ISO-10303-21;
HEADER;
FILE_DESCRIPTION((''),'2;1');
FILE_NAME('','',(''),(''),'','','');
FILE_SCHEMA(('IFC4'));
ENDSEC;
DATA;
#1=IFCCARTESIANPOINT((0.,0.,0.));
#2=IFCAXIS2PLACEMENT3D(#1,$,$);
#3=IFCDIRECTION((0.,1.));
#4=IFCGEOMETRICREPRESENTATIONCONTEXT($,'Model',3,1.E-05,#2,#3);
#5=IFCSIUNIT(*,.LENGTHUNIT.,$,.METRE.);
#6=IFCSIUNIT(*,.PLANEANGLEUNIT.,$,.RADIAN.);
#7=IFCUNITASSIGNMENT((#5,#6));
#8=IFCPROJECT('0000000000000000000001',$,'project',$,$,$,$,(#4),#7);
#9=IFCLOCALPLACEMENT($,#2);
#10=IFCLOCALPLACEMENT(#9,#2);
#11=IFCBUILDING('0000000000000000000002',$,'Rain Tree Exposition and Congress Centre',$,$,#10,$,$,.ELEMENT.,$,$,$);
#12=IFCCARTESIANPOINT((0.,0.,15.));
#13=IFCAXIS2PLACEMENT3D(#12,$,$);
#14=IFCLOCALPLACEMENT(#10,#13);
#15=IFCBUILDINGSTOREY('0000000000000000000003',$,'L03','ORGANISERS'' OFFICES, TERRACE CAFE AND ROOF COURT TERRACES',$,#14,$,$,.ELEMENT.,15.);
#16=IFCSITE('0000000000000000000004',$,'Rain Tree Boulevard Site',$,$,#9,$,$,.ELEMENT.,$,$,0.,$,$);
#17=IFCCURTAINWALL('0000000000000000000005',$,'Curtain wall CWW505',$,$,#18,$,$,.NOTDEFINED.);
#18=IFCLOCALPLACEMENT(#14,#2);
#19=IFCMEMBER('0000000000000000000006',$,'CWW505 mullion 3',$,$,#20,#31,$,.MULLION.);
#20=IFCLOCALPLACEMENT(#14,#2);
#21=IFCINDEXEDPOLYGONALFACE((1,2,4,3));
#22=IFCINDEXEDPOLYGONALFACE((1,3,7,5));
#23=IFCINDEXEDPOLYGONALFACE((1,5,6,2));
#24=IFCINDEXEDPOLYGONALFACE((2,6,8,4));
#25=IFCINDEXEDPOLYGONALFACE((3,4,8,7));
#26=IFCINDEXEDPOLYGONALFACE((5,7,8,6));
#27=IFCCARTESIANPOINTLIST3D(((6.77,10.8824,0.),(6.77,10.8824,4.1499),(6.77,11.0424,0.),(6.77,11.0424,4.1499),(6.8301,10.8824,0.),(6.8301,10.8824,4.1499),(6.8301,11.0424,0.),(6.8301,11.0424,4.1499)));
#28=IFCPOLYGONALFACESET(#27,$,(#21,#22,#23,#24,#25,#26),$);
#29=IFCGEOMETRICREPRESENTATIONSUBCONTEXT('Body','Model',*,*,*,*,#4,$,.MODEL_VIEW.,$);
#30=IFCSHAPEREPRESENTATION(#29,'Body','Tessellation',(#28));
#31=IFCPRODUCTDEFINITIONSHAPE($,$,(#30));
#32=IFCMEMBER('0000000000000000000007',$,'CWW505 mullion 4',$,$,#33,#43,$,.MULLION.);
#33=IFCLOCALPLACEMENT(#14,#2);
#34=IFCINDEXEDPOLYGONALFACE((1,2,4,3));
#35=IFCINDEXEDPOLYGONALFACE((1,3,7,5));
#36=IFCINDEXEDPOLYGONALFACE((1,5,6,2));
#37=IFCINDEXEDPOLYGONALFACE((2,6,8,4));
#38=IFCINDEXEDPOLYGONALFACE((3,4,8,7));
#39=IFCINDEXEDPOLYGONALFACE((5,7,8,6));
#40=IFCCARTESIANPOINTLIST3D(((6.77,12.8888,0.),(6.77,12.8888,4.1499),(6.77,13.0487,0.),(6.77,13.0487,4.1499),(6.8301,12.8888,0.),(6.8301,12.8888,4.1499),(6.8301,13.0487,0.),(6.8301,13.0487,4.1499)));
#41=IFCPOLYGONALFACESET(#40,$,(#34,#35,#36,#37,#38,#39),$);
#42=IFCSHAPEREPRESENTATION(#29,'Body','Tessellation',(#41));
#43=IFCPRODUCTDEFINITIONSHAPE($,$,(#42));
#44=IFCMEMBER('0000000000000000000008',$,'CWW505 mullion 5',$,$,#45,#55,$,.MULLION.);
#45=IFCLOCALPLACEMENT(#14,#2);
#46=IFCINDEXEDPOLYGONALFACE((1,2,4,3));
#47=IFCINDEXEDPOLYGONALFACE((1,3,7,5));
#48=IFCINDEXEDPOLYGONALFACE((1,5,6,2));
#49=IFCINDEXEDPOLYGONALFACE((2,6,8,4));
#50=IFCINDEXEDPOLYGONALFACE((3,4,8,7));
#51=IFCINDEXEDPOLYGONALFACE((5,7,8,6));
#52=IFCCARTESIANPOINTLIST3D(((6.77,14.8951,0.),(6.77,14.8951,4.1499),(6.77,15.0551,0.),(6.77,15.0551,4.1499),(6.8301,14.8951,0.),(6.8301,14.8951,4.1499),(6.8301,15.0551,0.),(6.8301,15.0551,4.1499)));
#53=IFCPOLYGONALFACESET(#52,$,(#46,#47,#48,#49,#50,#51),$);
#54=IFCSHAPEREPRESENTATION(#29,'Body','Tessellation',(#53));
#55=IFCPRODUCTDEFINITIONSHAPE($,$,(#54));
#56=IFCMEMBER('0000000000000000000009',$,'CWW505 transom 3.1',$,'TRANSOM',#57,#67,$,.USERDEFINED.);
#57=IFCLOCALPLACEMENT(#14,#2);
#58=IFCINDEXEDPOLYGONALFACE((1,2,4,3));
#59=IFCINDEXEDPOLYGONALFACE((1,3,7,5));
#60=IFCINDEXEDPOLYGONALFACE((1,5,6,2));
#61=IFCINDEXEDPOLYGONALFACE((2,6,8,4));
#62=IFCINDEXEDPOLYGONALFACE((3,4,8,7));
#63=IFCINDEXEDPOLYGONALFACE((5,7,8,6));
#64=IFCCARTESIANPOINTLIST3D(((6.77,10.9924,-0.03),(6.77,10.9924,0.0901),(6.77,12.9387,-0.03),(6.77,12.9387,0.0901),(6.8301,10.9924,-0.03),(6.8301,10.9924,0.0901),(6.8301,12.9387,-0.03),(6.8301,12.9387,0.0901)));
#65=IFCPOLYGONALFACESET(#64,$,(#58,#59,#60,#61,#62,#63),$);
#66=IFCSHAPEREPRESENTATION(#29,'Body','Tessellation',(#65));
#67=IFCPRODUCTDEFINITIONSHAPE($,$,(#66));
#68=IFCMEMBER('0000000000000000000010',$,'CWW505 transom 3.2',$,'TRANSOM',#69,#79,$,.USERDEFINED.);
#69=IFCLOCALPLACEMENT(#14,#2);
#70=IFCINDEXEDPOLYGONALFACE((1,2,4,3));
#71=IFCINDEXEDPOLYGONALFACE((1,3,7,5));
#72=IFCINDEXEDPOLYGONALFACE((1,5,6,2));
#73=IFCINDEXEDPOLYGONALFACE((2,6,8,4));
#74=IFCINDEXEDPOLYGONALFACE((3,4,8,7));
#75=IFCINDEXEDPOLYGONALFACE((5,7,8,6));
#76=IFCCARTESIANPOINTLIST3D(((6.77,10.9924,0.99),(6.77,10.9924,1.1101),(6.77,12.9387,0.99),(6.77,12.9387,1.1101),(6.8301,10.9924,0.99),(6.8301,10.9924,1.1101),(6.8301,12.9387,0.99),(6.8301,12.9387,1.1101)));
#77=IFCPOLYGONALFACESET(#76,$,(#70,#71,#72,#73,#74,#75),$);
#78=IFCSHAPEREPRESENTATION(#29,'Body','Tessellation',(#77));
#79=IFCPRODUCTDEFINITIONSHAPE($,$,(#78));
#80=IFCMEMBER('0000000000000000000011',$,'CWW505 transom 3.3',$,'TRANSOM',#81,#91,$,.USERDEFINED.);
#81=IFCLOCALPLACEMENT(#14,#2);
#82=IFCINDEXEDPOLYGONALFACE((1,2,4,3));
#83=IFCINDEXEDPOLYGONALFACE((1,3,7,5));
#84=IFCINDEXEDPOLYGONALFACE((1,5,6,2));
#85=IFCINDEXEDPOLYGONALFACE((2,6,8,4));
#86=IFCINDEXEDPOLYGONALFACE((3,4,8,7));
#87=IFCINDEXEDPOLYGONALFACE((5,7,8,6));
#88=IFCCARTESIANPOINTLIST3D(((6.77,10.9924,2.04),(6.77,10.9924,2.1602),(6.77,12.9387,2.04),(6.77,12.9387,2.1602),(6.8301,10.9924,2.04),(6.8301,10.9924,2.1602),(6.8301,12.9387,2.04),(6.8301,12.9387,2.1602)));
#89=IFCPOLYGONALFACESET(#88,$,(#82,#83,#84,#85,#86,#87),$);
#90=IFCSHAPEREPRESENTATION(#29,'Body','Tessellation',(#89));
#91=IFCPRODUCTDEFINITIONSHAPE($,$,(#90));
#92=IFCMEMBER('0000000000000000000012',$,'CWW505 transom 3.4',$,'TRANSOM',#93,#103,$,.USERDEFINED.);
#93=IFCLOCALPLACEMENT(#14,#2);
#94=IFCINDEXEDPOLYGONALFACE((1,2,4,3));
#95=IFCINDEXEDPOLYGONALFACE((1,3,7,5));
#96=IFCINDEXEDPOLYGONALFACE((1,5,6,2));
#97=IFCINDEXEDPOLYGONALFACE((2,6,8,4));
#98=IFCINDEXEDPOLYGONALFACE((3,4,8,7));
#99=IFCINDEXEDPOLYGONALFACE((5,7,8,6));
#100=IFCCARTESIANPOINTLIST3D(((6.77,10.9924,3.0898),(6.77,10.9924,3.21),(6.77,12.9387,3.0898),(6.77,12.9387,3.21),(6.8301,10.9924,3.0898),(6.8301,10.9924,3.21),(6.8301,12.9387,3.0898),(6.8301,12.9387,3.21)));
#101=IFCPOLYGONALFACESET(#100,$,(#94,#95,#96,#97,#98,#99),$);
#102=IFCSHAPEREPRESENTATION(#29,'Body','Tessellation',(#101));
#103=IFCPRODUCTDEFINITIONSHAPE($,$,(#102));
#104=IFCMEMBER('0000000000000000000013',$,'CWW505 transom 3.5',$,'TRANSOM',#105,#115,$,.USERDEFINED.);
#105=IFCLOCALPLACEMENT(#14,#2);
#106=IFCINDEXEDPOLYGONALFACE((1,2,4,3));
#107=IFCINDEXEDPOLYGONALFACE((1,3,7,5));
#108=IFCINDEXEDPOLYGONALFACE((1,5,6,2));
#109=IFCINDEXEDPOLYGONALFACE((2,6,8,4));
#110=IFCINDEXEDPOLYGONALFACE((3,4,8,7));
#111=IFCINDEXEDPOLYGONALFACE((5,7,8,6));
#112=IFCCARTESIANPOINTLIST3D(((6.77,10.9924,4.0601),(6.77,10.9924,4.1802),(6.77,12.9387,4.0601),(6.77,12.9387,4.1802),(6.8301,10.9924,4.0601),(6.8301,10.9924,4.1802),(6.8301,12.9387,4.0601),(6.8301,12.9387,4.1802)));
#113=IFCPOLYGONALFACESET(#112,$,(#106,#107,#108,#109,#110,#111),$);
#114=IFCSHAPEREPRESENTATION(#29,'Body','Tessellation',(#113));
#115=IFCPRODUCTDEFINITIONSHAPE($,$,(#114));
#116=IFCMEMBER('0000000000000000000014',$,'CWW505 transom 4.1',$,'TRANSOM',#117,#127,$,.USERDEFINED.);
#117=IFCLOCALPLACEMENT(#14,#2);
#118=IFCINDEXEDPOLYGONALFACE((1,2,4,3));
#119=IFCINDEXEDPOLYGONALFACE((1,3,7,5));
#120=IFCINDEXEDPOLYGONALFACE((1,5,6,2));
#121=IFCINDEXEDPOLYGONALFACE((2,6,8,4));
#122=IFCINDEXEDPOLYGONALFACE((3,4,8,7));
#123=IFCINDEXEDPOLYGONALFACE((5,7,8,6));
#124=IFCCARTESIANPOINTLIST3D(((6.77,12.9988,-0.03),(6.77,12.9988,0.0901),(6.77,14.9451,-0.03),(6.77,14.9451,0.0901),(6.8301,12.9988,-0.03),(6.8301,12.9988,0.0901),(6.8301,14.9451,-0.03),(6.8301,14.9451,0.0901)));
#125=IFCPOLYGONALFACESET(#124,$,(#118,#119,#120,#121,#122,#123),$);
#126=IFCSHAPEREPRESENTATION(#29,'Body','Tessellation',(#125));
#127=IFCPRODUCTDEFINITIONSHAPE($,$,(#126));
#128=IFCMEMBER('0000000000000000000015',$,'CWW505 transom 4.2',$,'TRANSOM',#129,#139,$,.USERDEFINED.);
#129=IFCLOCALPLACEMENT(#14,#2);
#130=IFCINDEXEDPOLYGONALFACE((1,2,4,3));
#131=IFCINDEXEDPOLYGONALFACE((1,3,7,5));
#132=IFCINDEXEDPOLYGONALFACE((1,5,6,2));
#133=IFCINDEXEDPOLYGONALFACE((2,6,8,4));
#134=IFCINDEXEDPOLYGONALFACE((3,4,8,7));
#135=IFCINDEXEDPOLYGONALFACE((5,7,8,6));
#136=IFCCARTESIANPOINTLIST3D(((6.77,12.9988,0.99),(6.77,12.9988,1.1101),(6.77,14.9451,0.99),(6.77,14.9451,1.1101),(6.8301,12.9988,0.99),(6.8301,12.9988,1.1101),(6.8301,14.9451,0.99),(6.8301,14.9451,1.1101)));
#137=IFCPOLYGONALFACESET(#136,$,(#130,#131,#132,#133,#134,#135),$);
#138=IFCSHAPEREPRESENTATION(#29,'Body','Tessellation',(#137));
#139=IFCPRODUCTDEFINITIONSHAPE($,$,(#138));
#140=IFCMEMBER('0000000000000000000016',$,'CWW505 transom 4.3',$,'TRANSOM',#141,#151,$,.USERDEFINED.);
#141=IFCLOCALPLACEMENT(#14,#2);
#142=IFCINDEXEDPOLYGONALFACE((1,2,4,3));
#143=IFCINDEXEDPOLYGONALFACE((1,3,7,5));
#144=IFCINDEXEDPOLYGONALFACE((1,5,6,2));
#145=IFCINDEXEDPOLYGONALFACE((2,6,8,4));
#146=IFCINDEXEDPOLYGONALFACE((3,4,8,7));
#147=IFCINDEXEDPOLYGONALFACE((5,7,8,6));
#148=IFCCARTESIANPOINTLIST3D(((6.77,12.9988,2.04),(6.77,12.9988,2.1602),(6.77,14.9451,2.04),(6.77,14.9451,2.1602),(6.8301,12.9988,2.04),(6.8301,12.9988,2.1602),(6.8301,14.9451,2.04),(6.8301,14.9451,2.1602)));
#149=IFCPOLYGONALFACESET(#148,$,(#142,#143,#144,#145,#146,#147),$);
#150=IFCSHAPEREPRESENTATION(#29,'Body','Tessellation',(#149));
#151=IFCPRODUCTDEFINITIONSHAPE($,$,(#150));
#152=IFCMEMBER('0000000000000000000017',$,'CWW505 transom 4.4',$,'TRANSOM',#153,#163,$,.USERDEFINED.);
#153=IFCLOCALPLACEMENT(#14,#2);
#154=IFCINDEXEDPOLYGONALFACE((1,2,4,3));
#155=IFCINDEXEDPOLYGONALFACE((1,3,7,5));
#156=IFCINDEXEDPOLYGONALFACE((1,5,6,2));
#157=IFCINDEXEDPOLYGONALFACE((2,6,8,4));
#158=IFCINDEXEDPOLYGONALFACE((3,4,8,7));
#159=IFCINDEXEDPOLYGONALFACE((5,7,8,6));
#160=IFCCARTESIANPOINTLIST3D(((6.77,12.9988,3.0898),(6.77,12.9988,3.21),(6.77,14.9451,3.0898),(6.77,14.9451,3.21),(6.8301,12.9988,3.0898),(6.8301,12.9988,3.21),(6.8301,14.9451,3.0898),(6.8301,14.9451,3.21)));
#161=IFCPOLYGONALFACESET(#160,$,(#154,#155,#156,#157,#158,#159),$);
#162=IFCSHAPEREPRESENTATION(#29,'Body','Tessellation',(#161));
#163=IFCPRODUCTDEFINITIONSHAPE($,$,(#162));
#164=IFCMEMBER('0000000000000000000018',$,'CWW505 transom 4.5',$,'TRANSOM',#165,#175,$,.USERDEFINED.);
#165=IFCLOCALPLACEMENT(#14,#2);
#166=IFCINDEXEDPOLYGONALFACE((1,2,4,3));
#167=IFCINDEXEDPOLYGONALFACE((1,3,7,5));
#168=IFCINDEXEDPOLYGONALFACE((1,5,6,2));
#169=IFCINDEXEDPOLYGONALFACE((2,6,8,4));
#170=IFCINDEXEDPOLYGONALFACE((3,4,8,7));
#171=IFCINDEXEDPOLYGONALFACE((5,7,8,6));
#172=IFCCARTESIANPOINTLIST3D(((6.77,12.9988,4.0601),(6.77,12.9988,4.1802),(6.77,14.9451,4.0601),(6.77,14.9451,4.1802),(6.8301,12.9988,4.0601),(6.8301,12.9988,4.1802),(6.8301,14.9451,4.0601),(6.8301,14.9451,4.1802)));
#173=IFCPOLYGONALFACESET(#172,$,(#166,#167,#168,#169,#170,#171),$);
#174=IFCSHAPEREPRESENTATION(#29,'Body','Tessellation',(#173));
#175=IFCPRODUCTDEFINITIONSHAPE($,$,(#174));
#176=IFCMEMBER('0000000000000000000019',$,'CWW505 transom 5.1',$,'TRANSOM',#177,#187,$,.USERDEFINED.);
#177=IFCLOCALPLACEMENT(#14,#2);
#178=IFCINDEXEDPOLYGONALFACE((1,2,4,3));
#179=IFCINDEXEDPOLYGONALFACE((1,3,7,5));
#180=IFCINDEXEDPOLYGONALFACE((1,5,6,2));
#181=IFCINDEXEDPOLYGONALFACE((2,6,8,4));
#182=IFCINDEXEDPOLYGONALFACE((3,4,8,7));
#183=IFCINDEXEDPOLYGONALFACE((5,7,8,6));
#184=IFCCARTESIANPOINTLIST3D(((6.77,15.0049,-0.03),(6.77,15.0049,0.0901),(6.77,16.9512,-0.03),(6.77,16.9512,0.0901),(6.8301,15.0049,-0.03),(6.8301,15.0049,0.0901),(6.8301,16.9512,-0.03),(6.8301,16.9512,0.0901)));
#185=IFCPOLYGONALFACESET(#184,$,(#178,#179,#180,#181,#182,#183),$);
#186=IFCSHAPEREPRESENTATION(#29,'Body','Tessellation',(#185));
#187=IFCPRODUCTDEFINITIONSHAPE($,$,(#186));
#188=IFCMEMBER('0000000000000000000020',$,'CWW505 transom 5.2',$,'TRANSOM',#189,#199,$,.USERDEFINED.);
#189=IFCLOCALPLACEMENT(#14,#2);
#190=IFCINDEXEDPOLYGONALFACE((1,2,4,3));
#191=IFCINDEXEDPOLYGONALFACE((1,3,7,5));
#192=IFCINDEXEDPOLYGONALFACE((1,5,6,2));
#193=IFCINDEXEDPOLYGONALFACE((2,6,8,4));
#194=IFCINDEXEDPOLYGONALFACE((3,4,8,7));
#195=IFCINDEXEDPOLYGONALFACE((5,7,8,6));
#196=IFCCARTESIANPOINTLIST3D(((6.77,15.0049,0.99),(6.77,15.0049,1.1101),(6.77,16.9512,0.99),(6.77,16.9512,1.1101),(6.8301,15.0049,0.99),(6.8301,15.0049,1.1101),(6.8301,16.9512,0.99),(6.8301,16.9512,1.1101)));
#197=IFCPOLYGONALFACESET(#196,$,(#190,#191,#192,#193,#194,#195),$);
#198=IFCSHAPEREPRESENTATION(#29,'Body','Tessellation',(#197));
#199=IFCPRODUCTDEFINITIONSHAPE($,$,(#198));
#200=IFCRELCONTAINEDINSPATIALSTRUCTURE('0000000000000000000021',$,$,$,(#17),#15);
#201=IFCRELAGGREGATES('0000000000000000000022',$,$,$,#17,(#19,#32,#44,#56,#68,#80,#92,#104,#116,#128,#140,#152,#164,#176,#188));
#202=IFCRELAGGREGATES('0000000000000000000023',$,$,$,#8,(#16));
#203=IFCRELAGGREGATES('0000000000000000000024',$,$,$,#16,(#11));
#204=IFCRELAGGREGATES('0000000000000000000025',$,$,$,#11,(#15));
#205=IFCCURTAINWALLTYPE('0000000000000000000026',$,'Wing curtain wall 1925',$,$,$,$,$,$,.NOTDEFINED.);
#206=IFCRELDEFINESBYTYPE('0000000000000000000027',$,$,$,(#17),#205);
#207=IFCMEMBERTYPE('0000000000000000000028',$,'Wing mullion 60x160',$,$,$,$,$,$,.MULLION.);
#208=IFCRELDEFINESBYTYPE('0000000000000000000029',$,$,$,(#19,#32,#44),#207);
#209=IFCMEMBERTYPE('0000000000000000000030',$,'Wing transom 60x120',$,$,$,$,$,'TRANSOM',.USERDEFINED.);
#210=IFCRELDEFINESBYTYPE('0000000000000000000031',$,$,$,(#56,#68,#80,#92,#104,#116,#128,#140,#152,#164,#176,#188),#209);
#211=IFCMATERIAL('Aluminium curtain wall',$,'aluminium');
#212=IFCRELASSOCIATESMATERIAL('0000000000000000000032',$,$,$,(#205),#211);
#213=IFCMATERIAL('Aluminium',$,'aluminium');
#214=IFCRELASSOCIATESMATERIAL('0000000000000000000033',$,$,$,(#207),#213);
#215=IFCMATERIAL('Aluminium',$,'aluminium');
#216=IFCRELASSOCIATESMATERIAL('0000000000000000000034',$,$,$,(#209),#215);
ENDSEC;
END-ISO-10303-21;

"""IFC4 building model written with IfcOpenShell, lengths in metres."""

from ifc_helpers import new_model, si_unit, direction, frame, origin, origin_2d, place, context, subcontext, project, spatial, rectangle, extrude, material, material_profile, profile_set, type_object, element, aggregate, save


model = new_model("IFC4")

# Units and contexts
model_context = context("Model", 3, precision=1e-05, world=origin(), true_north=direction((0.0, 1.0)))
body_context = subcontext(model_context, "Body", "Model", "MODEL_VIEW")
ifc_project = project(units=[si_unit("LENGTHUNIT", "METRE"), si_unit("PLANEANGLEUNIT", "RADIAN")], contexts=[model_context])

# Site, building, storey
site_placement = place(None, origin())
site = spatial("IfcSite", under=ifc_project, at=site_placement, Name="Rain Tree Boulevard Site", CompositionType="ELEMENT", RefElevation=0.0)
building_placement = place(site_placement, origin())
building = spatial("IfcBuilding", under=site, at=building_placement, Name="Rain Tree Exposition and Congress Centre", CompositionType="ELEMENT")
storey_placement = place(building_placement, frame((0.0, 0.0, 15.0)))
storey = spatial("IfcBuildingStorey", under=building, at=storey_placement, Name="L03", Description="ORGANISERS' OFFICES, TERRACE CAFE AND ROOF COURT TERRACES", CompositionType="ELEMENT", Elevation=15.0)

# Curtain wall, members
ifc_material_1 = material(Name="Aluminium curtain wall", Category="aluminium")
curtain_wall_type = type_object("IfcCurtainWallType", Name="Wing curtain wall 1925", PredefinedType="NOTDEFINED", material=ifc_material_1)
curtain_wall_placement = place(storey_placement, origin())
curtain_wall = element("IfcCurtainWall", 1, at=curtain_wall_placement, inside=storey, type_object=curtain_wall_type, Name="Curtain wall CWW505", PredefinedType="NOTDEFINED")
ifc_material_2 = material(Name="Aluminium", Category="aluminium")
ifc_material_profile_1 = material_profile(ifc_material_2, rectangle(XDim=0.0601, YDim=0.1599, at=origin_2d()), Name="Aluminium 60x160")
ifc_profile_set_1 = profile_set([ifc_material_profile_1], Name="Aluminium")
member_type_1 = type_object("IfcMemberType", Name="Wing mullion 60x160", PredefinedType="MULLION", material=ifc_profile_set_1)
member_1_placement = place(storey_placement, frame((6.8, 10.9624, 0.0), z_axis=(0.0, 0.0, 1.0), x_axis=(-1.0, 0.0, 0.0)))
member_1 = element("IfcMember", 2, at=member_1_placement, type_object=member_type_1, Name="CWW505 mullion 3", PredefinedType="MULLION", context=body_context, shape_type="SweptSolid", body=[
    extrude(rectangle(XDim=0.0601, YDim=0.1599, at=origin_2d()), origin(), (0.0, 0.0, 1.0), 4.1499),
])
member_2_placement = place(storey_placement, frame((6.8, 12.9688, 0.0), z_axis=(0.0, 0.0, 1.0), x_axis=(-1.0, 0.0, 0.0)))
member_2 = element("IfcMember", 3, at=member_2_placement, type_object=member_type_1, Name="CWW505 mullion 4", PredefinedType="MULLION", context=body_context, shape_type="SweptSolid", body=[
    extrude(rectangle(XDim=0.0601, YDim=0.1599, at=origin_2d()), origin(), (0.0, 0.0, 1.0), 4.1499),
])
member_3_placement = place(storey_placement, frame((6.8, 14.9751, 0.0), z_axis=(0.0, 0.0, 1.0), x_axis=(-1.0, 0.0, 0.0)))
member_3 = element("IfcMember", 4, at=member_3_placement, type_object=member_type_1, Name="CWW505 mullion 5", PredefinedType="MULLION", context=body_context, shape_type="SweptSolid", body=[
    extrude(rectangle(XDim=0.0601, YDim=0.1599, at=origin_2d()), origin(), (0.0, 0.0, 1.0), 4.1499),
])
ifc_material_3 = material(Name="Aluminium", Category="aluminium")
ifc_material_profile_2 = material_profile(ifc_material_3, rectangle(XDim=0.0601, YDim=0.1201, at=origin_2d()), Name="Aluminium 60x120")
ifc_profile_set_2 = profile_set([ifc_material_profile_2], Name="Aluminium")
member_type_2 = type_object("IfcMemberType", Name="Wing transom 60x120", ElementType="TRANSOM", PredefinedType="USERDEFINED", material=ifc_profile_set_2)
member_4_placement = place(storey_placement, frame((6.8, 10.9924, 0.03), z_axis=(0.0, 1.0, 0.0), x_axis=(-1.0, 0.0, 0.0)))
member_4 = element("IfcMember", 5, at=member_4_placement, type_object=member_type_2, Name="CWW505 transom 3.1", ObjectType="TRANSOM", PredefinedType="USERDEFINED", context=body_context, shape_type="SweptSolid", body=[
    extrude(rectangle(XDim=0.0601, YDim=0.1201, at=origin_2d()), origin(), (0.0, 0.0, 1.0), 1.9463),
])
member_5_placement = place(storey_placement, frame((6.8, 10.9924, 1.05), z_axis=(0.0, 1.0, 0.0), x_axis=(-1.0, 0.0, 0.0)))
member_5 = element("IfcMember", 6, at=member_5_placement, type_object=member_type_2, Name="CWW505 transom 3.2", ObjectType="TRANSOM", PredefinedType="USERDEFINED", context=body_context, shape_type="SweptSolid", body=[
    extrude(rectangle(XDim=0.0601, YDim=0.1201, at=origin_2d()), origin(), (0.0, 0.0, 1.0), 1.9463),
])
member_6_placement = place(storey_placement, frame((6.8, 10.9924, 2.1001), z_axis=(0.0, 1.0, 0.0), x_axis=(-1.0, 0.0, 0.0)))
member_6 = element("IfcMember", 7, at=member_6_placement, type_object=member_type_2, Name="CWW505 transom 3.3", ObjectType="TRANSOM", PredefinedType="USERDEFINED", context=body_context, shape_type="SweptSolid", body=[
    extrude(rectangle(XDim=0.0601, YDim=0.1201, at=origin_2d()), origin(), (0.0, 0.0, 1.0), 1.9463),
])
member_7_placement = place(storey_placement, frame((6.8, 10.9924, 3.1499), z_axis=(0.0, 1.0, 0.0), x_axis=(-1.0, 0.0, 0.0)))
member_7 = element("IfcMember", 8, at=member_7_placement, type_object=member_type_2, Name="CWW505 transom 3.4", ObjectType="TRANSOM", PredefinedType="USERDEFINED", context=body_context, shape_type="SweptSolid", body=[
    extrude(rectangle(XDim=0.0601, YDim=0.1201, at=origin_2d()), origin(), (0.0, 0.0, 1.0), 1.9463),
])
member_8_placement = place(storey_placement, frame((6.8, 10.9924, 4.1201), z_axis=(0.0, 1.0, 0.0), x_axis=(-1.0, 0.0, 0.0)))
member_8 = element("IfcMember", 9, at=member_8_placement, type_object=member_type_2, Name="CWW505 transom 3.5", ObjectType="TRANSOM", PredefinedType="USERDEFINED", context=body_context, shape_type="SweptSolid", body=[
    extrude(rectangle(XDim=0.0601, YDim=0.1201, at=origin_2d()), origin(), (0.0, 0.0, 1.0), 1.9463),
])
member_9_placement = place(storey_placement, frame((6.8, 12.9988, 0.03), z_axis=(0.0, 1.0, 0.0), x_axis=(-1.0, 0.0, 0.0)))
member_9 = element("IfcMember", 10, at=member_9_placement, type_object=member_type_2, Name="CWW505 transom 4.1", ObjectType="TRANSOM", PredefinedType="USERDEFINED", context=body_context, shape_type="SweptSolid", body=[
    extrude(rectangle(XDim=0.0601, YDim=0.1201, at=origin_2d()), origin(), (0.0, 0.0, 1.0), 1.9463),
])
member_10_placement = place(storey_placement, frame((6.8, 12.9988, 1.05), z_axis=(0.0, 1.0, 0.0), x_axis=(-1.0, 0.0, 0.0)))
member_10 = element("IfcMember", 11, at=member_10_placement, type_object=member_type_2, Name="CWW505 transom 4.2", ObjectType="TRANSOM", PredefinedType="USERDEFINED", context=body_context, shape_type="SweptSolid", body=[
    extrude(rectangle(XDim=0.0601, YDim=0.1201, at=origin_2d()), origin(), (0.0, 0.0, 1.0), 1.9463),
])
member_11_placement = place(storey_placement, frame((6.8, 12.9988, 2.1001), z_axis=(0.0, 1.0, 0.0), x_axis=(-1.0, 0.0, 0.0)))
member_11 = element("IfcMember", 12, at=member_11_placement, type_object=member_type_2, Name="CWW505 transom 4.3", ObjectType="TRANSOM", PredefinedType="USERDEFINED", context=body_context, shape_type="SweptSolid", body=[
    extrude(rectangle(XDim=0.0601, YDim=0.1201, at=origin_2d()), origin(), (0.0, 0.0, 1.0), 1.9463),
])
member_12_placement = place(storey_placement, frame((6.8, 12.9988, 3.1499), z_axis=(0.0, 1.0, 0.0), x_axis=(-1.0, 0.0, 0.0)))
member_12 = element("IfcMember", 13, at=member_12_placement, type_object=member_type_2, Name="CWW505 transom 4.4", ObjectType="TRANSOM", PredefinedType="USERDEFINED", context=body_context, shape_type="SweptSolid", body=[
    extrude(rectangle(XDim=0.0601, YDim=0.1201, at=origin_2d()), origin(), (0.0, 0.0, 1.0), 1.9463),
])
member_13_placement = place(storey_placement, frame((6.8, 12.9988, 4.1201), z_axis=(0.0, 1.0, 0.0), x_axis=(-1.0, 0.0, 0.0)))
member_13 = element("IfcMember", 14, at=member_13_placement, type_object=member_type_2, Name="CWW505 transom 4.5", ObjectType="TRANSOM", PredefinedType="USERDEFINED", context=body_context, shape_type="SweptSolid", body=[
    extrude(rectangle(XDim=0.0601, YDim=0.1201, at=origin_2d()), origin(), (0.0, 0.0, 1.0), 1.9463),
])
member_14_placement = place(storey_placement, frame((6.8, 15.0049, 0.03), z_axis=(0.0, 1.0, 0.0), x_axis=(-1.0, 0.0, 0.0)))
member_14 = element("IfcMember", 15, at=member_14_placement, type_object=member_type_2, Name="CWW505 transom 5.1", ObjectType="TRANSOM", PredefinedType="USERDEFINED", context=body_context, shape_type="SweptSolid", body=[
    extrude(rectangle(XDim=0.0601, YDim=0.1201, at=origin_2d()), origin(), (0.0, 0.0, 1.0), 1.9463),
])
member_15_placement = place(storey_placement, frame((6.8, 15.0049, 1.05), z_axis=(0.0, 1.0, 0.0), x_axis=(-1.0, 0.0, 0.0)))
member_15 = element("IfcMember", 16, at=member_15_placement, type_object=member_type_2, Name="CWW505 transom 5.2", ObjectType="TRANSOM", PredefinedType="USERDEFINED", context=body_context, shape_type="SweptSolid", body=[
    extrude(rectangle(XDim=0.0601, YDim=0.1201, at=origin_2d()), origin(), (0.0, 0.0, 1.0), 1.9463),
])
aggregate(curtain_wall, [member_1, member_2, member_3, member_4, member_5, member_6, member_7, member_8, member_9, member_10, member_11, member_12, member_13, member_14, member_15])

save(model, "model.ifc")
